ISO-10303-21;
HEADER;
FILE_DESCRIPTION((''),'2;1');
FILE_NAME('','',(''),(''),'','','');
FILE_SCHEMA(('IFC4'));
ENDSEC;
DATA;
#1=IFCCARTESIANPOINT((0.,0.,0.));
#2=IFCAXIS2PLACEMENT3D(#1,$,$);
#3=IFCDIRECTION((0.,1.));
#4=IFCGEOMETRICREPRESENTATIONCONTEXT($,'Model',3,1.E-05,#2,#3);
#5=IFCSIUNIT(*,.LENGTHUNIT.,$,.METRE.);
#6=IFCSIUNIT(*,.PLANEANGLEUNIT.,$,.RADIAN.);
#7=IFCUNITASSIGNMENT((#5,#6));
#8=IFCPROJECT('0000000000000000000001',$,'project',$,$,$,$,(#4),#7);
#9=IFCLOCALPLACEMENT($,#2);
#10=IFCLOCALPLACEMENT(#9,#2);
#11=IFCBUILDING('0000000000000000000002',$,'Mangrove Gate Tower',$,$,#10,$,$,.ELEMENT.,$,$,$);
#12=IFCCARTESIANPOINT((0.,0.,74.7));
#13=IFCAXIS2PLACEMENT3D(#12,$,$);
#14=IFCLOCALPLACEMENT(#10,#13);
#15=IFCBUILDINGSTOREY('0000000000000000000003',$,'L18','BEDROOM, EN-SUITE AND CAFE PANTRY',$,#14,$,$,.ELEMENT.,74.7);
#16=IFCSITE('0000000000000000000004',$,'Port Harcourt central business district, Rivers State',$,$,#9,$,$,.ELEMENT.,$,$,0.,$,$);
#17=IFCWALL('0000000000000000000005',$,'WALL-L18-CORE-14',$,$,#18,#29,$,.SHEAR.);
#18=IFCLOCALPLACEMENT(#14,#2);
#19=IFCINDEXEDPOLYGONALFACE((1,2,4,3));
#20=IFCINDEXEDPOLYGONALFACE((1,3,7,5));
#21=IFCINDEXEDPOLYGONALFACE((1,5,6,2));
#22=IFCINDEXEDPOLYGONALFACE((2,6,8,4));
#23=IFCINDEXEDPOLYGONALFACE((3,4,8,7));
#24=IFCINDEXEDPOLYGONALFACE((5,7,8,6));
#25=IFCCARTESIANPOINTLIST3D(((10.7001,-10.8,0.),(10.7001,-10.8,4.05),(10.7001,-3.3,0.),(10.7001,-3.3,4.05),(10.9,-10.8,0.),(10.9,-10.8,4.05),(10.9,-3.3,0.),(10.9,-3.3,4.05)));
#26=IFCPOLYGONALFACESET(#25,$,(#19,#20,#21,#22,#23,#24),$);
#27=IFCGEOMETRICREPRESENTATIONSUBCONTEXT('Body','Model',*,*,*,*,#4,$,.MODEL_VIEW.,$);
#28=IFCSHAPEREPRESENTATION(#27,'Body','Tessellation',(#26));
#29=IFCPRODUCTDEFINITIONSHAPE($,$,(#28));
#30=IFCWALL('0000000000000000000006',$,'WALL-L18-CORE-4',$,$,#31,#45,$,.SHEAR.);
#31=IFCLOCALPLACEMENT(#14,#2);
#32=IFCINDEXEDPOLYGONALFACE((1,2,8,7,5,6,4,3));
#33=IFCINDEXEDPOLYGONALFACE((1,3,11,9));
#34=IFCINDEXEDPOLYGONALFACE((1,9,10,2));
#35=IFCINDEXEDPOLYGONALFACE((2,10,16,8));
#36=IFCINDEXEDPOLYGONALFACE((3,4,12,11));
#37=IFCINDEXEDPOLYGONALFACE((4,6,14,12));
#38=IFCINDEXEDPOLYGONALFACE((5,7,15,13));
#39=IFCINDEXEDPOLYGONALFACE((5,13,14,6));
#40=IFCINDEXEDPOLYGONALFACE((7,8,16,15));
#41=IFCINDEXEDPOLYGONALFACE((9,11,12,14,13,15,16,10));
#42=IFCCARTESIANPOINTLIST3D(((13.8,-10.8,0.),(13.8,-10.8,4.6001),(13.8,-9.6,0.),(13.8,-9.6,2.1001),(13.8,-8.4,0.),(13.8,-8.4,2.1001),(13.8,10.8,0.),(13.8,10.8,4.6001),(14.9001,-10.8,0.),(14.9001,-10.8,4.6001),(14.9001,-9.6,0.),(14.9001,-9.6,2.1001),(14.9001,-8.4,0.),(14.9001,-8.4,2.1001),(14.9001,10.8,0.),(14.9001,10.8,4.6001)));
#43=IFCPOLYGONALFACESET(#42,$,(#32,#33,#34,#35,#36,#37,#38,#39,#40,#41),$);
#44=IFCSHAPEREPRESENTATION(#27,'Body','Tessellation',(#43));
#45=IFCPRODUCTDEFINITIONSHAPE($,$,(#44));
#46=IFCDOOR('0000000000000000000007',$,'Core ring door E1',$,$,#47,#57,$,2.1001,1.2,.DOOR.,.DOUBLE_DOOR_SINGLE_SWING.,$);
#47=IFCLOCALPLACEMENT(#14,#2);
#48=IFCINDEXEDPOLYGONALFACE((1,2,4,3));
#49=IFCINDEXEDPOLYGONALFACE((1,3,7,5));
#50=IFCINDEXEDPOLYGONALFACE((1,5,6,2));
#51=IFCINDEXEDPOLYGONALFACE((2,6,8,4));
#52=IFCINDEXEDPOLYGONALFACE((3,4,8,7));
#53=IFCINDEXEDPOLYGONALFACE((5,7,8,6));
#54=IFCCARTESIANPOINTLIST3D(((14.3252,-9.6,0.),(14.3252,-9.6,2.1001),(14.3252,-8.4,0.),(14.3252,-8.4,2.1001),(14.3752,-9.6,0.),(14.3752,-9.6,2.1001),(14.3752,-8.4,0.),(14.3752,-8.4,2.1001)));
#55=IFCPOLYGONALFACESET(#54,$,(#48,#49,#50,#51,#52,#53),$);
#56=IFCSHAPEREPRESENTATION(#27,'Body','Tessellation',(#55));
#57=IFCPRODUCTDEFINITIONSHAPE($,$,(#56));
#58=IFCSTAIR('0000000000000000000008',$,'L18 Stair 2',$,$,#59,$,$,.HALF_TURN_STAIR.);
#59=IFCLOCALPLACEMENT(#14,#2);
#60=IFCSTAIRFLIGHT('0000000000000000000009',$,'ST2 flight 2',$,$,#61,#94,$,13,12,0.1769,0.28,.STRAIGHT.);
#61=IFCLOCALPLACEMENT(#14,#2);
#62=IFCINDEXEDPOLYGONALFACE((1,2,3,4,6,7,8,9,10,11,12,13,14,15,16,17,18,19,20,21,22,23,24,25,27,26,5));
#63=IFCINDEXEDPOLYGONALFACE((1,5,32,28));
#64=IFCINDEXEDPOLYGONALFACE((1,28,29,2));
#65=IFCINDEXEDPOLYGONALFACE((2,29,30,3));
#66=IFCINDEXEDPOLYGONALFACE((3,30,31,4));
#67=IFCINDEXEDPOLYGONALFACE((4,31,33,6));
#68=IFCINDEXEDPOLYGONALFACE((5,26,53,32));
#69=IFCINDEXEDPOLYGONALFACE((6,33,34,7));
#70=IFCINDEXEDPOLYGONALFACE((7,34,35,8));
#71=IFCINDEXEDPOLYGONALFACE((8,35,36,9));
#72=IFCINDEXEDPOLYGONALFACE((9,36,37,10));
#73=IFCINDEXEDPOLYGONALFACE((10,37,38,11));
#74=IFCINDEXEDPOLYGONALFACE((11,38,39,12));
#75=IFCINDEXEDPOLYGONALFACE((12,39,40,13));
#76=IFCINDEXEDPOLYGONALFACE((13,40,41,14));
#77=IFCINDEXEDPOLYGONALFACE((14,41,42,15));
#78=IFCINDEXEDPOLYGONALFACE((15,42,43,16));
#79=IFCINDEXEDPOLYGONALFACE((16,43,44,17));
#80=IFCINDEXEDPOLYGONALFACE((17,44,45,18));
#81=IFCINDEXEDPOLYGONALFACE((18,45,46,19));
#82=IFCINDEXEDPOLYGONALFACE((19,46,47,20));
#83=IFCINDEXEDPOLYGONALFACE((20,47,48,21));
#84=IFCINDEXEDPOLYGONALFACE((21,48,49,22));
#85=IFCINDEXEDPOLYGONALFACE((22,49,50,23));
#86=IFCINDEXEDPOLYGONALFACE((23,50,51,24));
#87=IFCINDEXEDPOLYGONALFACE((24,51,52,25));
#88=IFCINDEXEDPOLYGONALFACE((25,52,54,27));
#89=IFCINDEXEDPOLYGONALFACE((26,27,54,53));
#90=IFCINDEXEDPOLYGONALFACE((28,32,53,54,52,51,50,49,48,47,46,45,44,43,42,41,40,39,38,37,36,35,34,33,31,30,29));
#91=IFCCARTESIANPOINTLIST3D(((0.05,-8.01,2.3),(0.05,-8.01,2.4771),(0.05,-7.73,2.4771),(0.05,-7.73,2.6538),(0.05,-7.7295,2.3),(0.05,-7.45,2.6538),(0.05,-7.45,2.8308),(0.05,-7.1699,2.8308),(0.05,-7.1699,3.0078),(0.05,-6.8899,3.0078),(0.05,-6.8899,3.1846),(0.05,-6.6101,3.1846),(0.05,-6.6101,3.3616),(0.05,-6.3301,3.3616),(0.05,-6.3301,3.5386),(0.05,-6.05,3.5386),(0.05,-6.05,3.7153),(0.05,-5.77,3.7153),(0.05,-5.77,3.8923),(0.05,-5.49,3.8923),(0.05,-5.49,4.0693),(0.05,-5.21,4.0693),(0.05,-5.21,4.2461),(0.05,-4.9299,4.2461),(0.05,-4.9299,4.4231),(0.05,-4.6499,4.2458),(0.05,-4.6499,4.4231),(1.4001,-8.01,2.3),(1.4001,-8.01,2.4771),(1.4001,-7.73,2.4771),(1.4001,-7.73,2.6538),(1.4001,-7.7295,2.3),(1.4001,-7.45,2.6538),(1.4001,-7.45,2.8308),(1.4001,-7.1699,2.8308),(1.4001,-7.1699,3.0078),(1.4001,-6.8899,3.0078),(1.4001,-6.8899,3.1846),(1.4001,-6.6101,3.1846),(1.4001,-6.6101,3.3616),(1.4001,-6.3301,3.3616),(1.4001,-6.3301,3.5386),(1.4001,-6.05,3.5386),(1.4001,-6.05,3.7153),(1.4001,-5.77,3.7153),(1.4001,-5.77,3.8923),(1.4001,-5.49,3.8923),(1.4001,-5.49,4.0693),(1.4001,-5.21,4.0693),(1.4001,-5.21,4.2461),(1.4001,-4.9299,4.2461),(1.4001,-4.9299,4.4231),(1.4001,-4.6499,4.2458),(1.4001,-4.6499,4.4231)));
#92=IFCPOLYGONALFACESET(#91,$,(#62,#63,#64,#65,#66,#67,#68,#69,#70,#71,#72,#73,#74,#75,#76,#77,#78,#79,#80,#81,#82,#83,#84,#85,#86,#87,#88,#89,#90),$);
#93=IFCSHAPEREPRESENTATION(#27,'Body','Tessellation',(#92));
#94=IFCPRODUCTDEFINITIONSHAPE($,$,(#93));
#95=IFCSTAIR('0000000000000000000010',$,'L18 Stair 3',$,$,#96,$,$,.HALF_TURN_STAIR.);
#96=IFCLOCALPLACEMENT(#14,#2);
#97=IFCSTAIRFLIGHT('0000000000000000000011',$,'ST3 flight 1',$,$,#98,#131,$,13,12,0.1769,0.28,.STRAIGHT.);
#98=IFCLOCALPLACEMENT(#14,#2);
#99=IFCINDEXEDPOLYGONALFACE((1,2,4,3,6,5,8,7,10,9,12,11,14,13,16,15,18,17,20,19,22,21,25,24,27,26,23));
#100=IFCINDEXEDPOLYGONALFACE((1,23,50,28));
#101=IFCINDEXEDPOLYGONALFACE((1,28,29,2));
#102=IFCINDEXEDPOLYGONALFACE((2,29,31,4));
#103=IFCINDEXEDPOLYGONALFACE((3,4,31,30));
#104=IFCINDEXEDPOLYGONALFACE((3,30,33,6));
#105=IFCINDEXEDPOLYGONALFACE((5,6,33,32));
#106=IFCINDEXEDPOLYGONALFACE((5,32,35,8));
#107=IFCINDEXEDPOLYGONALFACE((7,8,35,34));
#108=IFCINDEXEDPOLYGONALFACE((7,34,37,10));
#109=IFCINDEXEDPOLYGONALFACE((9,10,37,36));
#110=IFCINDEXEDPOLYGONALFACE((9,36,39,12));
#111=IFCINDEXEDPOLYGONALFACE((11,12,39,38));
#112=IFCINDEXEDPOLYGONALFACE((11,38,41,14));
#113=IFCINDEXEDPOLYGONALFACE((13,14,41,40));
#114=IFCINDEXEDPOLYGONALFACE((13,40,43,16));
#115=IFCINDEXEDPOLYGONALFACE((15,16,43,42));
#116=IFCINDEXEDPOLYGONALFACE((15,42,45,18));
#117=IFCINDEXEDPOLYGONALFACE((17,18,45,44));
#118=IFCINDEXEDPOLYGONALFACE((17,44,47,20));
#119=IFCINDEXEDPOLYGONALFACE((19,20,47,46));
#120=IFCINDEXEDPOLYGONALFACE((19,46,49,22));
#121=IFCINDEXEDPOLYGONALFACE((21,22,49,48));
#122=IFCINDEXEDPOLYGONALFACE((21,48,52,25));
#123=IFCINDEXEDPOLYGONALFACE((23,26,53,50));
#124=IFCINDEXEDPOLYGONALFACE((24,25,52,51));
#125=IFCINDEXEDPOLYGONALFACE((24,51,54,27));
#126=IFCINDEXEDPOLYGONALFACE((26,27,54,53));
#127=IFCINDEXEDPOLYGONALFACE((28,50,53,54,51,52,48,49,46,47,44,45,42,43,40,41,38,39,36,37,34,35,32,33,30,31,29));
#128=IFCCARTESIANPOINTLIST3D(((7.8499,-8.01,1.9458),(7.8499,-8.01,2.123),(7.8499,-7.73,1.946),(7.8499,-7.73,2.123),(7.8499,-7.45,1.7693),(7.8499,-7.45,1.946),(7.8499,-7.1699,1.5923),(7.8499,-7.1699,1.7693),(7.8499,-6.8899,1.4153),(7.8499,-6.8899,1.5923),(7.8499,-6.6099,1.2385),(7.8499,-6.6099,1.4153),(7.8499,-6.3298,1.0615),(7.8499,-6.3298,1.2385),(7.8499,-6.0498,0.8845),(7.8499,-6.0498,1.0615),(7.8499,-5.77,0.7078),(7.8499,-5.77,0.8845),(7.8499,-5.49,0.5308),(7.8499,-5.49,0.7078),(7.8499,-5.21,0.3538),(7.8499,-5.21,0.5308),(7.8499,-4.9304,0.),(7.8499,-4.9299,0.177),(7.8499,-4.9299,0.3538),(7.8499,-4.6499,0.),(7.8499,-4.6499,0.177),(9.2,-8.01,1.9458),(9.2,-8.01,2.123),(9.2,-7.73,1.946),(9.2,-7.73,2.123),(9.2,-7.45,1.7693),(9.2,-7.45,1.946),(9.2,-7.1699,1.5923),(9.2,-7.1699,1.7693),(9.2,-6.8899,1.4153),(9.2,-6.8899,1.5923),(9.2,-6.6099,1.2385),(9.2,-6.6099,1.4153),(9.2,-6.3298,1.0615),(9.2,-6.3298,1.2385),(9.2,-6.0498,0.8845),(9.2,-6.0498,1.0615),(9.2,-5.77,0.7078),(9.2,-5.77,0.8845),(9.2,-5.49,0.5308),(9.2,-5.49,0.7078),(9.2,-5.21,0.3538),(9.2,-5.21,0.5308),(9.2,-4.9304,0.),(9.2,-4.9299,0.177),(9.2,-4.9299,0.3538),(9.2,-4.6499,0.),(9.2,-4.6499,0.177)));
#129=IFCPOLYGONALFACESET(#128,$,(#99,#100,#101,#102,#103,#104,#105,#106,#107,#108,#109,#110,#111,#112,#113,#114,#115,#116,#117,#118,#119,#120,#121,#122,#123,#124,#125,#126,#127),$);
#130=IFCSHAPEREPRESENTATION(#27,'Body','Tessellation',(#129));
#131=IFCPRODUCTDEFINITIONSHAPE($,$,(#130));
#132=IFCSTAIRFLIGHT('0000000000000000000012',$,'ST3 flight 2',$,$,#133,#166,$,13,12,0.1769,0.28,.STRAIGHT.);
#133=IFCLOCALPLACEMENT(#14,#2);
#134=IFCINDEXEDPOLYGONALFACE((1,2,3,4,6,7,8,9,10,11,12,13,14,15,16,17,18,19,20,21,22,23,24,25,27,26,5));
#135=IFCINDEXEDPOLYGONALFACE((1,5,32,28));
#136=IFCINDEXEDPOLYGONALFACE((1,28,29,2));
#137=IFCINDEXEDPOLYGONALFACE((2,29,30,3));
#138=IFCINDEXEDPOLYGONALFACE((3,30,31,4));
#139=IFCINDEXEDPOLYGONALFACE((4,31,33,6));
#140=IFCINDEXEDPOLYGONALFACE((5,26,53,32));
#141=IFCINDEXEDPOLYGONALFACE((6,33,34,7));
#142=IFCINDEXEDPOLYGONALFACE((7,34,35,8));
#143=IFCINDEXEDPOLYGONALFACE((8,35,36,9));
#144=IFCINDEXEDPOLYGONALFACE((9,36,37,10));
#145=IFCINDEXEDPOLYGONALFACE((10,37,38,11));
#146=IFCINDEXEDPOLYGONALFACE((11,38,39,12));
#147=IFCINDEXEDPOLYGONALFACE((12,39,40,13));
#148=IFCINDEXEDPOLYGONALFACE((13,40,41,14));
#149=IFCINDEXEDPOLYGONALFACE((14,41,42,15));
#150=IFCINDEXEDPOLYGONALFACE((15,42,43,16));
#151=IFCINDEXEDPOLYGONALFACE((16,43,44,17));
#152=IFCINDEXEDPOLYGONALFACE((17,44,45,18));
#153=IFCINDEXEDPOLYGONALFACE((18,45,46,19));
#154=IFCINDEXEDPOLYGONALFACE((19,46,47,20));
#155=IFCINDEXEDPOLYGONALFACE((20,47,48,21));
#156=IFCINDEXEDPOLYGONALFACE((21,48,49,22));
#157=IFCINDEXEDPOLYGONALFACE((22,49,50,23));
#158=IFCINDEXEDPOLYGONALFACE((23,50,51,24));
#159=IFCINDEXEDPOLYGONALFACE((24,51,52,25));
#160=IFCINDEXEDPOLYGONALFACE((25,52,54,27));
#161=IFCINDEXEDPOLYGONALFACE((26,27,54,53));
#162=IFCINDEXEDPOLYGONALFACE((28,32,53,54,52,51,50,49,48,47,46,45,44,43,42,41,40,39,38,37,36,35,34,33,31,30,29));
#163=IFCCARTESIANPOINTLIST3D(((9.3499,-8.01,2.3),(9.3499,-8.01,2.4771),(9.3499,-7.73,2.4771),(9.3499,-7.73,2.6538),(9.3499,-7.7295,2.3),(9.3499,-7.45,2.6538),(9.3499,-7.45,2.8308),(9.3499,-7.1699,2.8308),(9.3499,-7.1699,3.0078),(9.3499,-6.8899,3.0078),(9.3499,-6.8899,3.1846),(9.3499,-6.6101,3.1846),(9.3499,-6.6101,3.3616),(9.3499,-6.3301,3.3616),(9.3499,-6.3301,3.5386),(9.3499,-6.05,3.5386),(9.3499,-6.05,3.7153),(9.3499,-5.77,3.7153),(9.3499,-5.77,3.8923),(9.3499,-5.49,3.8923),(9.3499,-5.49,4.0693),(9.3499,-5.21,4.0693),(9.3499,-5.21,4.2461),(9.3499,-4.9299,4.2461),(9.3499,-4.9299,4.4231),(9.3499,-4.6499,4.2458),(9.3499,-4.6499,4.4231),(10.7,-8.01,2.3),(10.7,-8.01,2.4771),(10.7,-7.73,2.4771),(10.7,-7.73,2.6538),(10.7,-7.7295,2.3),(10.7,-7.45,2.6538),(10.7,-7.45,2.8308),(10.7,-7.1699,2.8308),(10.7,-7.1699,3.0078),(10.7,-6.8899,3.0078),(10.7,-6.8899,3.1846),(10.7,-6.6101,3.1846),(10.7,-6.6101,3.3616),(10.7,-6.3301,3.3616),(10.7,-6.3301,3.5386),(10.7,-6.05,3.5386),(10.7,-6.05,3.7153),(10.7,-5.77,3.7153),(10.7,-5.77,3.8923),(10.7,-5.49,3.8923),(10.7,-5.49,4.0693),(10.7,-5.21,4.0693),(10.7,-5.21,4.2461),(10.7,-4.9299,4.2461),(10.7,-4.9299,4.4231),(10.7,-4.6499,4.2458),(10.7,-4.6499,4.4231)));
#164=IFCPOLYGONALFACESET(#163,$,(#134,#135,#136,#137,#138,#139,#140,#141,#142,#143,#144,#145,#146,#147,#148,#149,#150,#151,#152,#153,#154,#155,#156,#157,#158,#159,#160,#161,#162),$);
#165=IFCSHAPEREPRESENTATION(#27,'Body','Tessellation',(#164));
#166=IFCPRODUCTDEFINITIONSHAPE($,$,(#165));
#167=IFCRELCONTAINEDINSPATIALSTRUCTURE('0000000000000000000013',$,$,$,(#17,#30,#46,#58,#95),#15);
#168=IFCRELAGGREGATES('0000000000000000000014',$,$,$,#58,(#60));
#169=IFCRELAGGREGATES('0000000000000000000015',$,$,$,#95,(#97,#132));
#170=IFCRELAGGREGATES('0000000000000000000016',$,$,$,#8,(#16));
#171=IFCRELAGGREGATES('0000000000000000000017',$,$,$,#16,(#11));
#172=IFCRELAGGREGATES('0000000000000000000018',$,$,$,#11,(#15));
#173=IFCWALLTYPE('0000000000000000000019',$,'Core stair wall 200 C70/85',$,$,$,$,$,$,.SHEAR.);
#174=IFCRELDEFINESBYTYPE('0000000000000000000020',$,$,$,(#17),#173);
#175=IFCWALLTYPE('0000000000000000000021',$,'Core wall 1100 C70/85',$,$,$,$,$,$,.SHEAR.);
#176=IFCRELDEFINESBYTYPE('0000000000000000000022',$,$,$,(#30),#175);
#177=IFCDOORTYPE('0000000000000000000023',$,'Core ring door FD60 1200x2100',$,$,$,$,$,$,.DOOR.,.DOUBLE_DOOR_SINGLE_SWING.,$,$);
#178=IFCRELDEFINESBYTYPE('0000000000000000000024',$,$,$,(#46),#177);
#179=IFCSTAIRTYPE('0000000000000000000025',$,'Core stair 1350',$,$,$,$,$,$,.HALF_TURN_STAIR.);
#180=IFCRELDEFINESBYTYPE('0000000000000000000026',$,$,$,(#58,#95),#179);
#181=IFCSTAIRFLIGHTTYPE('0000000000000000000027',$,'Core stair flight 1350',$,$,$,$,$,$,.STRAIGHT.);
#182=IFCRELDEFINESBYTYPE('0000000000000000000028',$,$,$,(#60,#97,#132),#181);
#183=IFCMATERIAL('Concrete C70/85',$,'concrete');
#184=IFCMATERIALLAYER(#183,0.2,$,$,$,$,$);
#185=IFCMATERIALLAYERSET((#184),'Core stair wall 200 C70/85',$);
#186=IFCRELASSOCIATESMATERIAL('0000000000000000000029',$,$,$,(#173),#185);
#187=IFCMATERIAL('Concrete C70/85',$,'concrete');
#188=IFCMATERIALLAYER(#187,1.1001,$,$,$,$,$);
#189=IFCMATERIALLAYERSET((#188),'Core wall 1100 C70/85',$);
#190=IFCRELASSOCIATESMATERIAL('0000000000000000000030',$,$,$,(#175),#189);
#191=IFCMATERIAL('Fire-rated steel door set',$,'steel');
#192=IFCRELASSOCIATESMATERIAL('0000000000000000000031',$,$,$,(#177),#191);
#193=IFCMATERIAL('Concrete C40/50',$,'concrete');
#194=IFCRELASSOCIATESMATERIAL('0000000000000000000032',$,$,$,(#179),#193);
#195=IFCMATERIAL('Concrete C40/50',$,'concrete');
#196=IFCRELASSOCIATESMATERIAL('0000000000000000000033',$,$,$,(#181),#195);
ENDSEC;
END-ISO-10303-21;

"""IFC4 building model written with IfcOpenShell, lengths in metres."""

from ifc_helpers import new_model, si_unit, direction, frame, frame_2d, origin, place, context, subcontext, project, spatial, polyline, rectangle, outline, extrude, material, layer, layer_set, type_object, element, fill, aggregate, save


model = new_model("IFC4")

# Units and contexts
model_context = context("Model", 3, precision=1e-05, world=origin(), true_north=direction((0.0, 1.0)))
body_context = subcontext(model_context, "Body", "Model", "MODEL_VIEW")
ifc_project = project(units=[si_unit("LENGTHUNIT", "METRE"), si_unit("PLANEANGLEUNIT", "RADIAN")], contexts=[model_context])

# Site, building, storey
site_placement = place(None, origin())
site = spatial("IfcSite", under=ifc_project, at=site_placement, Name="Port Harcourt central business district, Rivers State", CompositionType="ELEMENT", RefElevation=0.0)
building_placement = place(site_placement, origin())
building = spatial("IfcBuilding", under=site, at=building_placement, Name="Mangrove Gate Tower", CompositionType="ELEMENT")
storey_placement = place(building_placement, frame((0.0, 0.0, 74.7)))
storey = spatial("IfcBuildingStorey", under=building, at=storey_placement, Name="L18", Description="BEDROOM, EN-SUITE AND CAFE PANTRY", CompositionType="ELEMENT", Elevation=74.7)

# Wall
ifc_material_1 = material(Name="Concrete C70/85", Category="concrete")
ifc_layer_1 = layer(ifc_material_1, 0.2)
ifc_layer_set_1 = layer_set([ifc_layer_1], Name="Core stair wall 200 C70/85")
wall_type_1 = type_object("IfcWallType", Name="Core stair wall 200 C70/85", PredefinedType="SHEAR", material=ifc_layer_set_1)
wall_1_placement = place(storey_placement, frame((10.8, -10.8, 0.0), z_axis=(0.0, 0.0, 1.0), x_axis=(0.0, 1.0, 0.0)))
element("IfcWall", 1, at=wall_1_placement, inside=storey, type_object=wall_type_1, Name="WALL-L18-CORE-14", PredefinedType="SHEAR", context=body_context, shape_type="SweptSolid", body=[
    extrude(rectangle(XDim=7.5, YDim=0.2, at=frame_2d((3.75, 0.0))), origin(), (0.0, 0.0, 1.0), 4.05),
])

# Wall, opening, door
ifc_material_2 = material(Name="Concrete C70/85", Category="concrete")
ifc_layer_2 = layer(ifc_material_2, 1.1001)
ifc_layer_set_2 = layer_set([ifc_layer_2], Name="Core wall 1100 C70/85")
wall_type_2 = type_object("IfcWallType", Name="Core wall 1100 C70/85", PredefinedType="SHEAR", material=ifc_layer_set_2)
wall_2_placement = place(storey_placement, frame((14.3501, -10.8, 0.0), z_axis=(0.0, 0.0, 1.0), x_axis=(0.0, 1.0, 0.0)))
wall_2 = element("IfcWall", 2, at=wall_2_placement, inside=storey, type_object=wall_type_2, Name="WALL-L18-CORE-4", PredefinedType="SHEAR", context=body_context, shape_type="SweptSolid", body=[
    extrude(rectangle(XDim=21.6001, YDim=1.1001, at=frame_2d((10.8, 0.0))), origin(), (0.0, 0.0, 1.0), 4.6001),
])
opening_1_placement = place(wall_2_placement, frame((1.2, 0.0, 0.0)))
opening_1 = element("IfcOpeningElement", 3, at=opening_1_placement, cuts=wall_2, PredefinedType="OPENING", context=body_context, shape_type="SweptSolid", body=[
    extrude(rectangle(XDim=1.2, YDim=2.1001, at=frame_2d((0.6001, 1.05))), frame((0.0, 0.5601, 0.0), z_axis=(0.0, -1.0, 0.0), x_axis=(1.0, 0.0, 0.0)), (0.0, 0.0, 1.0), 1.1201),
])
ifc_material_3 = material(Name="Fire-rated steel door set", Category="steel")
door_type_1 = type_object("IfcDoorType", Name="Core ring door FD60 1200x2100", OperationType="DOUBLE_DOOR_SINGLE_SWING", PredefinedType="DOOR", material=ifc_material_3)
door_1_placement = place(opening_1_placement, origin())
door_1 = element("IfcDoor", 4, at=door_1_placement, inside=storey, type_object=door_type_1, Name="Core ring door E1", OperationType="DOUBLE_DOOR_SINGLE_SWING", OverallHeight=2.1001, OverallWidth=1.2, PredefinedType="DOOR", context=body_context, shape_type="SweptSolid", body=[
    extrude(rectangle(XDim=1.2, YDim=2.1001, at=frame_2d((0.6001, 1.05))), frame((0.0, 0.0249, 0.0), z_axis=(0.0, -1.0, 0.0), x_axis=(1.0, 0.0, 0.0)), (0.0, 0.0, 1.0), 0.05),
])
fill(opening_1, door_1)

# Stair, stair flight
ifc_material_4 = material(Name="Concrete C40/50", Category="concrete")
stair_type = type_object("IfcStairType", Name="Core stair 1350", PredefinedType="HALF_TURN_STAIR", material=ifc_material_4)
stair_1_placement = place(storey_placement, origin())
stair_1 = element("IfcStair", 5, at=stair_1_placement, inside=storey, type_object=stair_type, Name="L18 Stair 2", PredefinedType="HALF_TURN_STAIR")
ifc_material_5 = material(Name="Concrete C40/50", Category="concrete")
stair_flight_type = type_object("IfcStairFlightType", Name="Core stair flight 1350", PredefinedType="STRAIGHT", material=ifc_material_5)
stair_flight_1_placement = place(storey_placement, frame((0.7251, -8.01, 2.3), z_axis=(0.0, 0.0, 1.0), x_axis=(0.0, 1.0, 0.0)))
stair_flight_1 = element("IfcStairFlight", 6, at=stair_flight_1_placement, type_object=stair_flight_type, Name="ST2 flight 2", NumberOfRisers=13, NumberOfTreads=12, PredefinedType="STRAIGHT", RiserHeight=0.1769, TreadLength=0.28, context=body_context, shape_type="SweptSolid", body=[
    extrude(outline(polyline([(0.0, 0.0), (0.0, 0.177), (0.28, 0.177), (0.28, 0.3538), (0.5601, 0.3538), (0.5601, 0.5308), (0.8401, 0.5308), (0.8401, 0.7078), (1.1201, 0.7078), (1.1201, 0.8845), (1.3999, 0.8845), (1.3999, 1.0615), (1.6799, 1.0615), (1.6799, 1.2385), (1.96, 1.2385), (1.96, 1.4153), (2.24, 1.4153), (2.24, 1.5923), (2.52, 1.5923), (2.52, 1.7693), (2.8, 1.7693), (2.8, 1.946), (3.0801, 1.946), (3.0801, 2.123), (3.3601, 2.123), (3.3601, 2.3), (3.3601, 1.9458), (0.2805, 0.0), (0.0, 0.0)])), frame((0.0, 0.675, 0.0), z_axis=(0.0, -1.0, 0.0), x_axis=(1.0, 0.0, 0.0)), (0.0, 0.0, 1.0), 1.3501),
])
aggregate(stair_1, [stair_flight_1])

# Stair, stair flights
stair_2_placement = place(storey_placement, origin())
stair_2 = element("IfcStair", 7, at=stair_2_placement, inside=storey, type_object=stair_type, Name="L18 Stair 3", PredefinedType="HALF_TURN_STAIR")
stair_flight_2_placement = place(storey_placement, frame((8.5249, -4.6499, 0.0), z_axis=(0.0, 0.0, 1.0), x_axis=(0.0, -1.0, 0.0)))
stair_flight_2 = element("IfcStairFlight", 8, at=stair_flight_2_placement, type_object=stair_flight_type, Name="ST3 flight 1", NumberOfRisers=13, NumberOfTreads=12, PredefinedType="STRAIGHT", RiserHeight=0.1769, TreadLength=0.28, context=body_context, shape_type="SweptSolid", body=[
    extrude(outline(polyline([(0.0, 0.0), (0.0, 0.177), (0.28, 0.177), (0.28, 0.3538), (0.5601, 0.3538), (0.5601, 0.5308), (0.8401, 0.5308), (0.8401, 0.7078), (1.1201, 0.7078), (1.1201, 0.8845), (1.3999, 0.8845), (1.3999, 1.0615), (1.6799, 1.0615), (1.6799, 1.2385), (1.96, 1.2385), (1.96, 1.4153), (2.24, 1.4153), (2.24, 1.5923), (2.52, 1.5923), (2.52, 1.7693), (2.8, 1.7693), (2.8, 1.946), (3.0801, 1.946), (3.0801, 2.123), (3.3601, 2.123), (3.3601, 2.3), (3.3601, 1.9458), (0.2805, 0.0), (0.0, 0.0)])), frame((0.0, 0.675, 0.0), z_axis=(0.0, -1.0, 0.0), x_axis=(1.0, 0.0, 0.0)), (0.0, 0.0, 1.0), 1.3501),
])
stair_flight_3_placement = place(storey_placement, frame((10.0249, -8.01, 2.3), z_axis=(0.0, 0.0, 1.0), x_axis=(0.0, 1.0, 0.0)))
stair_flight_3 = element("IfcStairFlight", 9, at=stair_flight_3_placement, type_object=stair_flight_type, Name="ST3 flight 2", NumberOfRisers=13, NumberOfTreads=12, PredefinedType="STRAIGHT", RiserHeight=0.1769, TreadLength=0.28, context=body_context, shape_type="SweptSolid", body=[
    extrude(outline(polyline([(0.0, 0.0), (0.0, 0.177), (0.28, 0.177), (0.28, 0.3538), (0.5601, 0.3538), (0.5601, 0.5308), (0.8401, 0.5308), (0.8401, 0.7078), (1.1201, 0.7078), (1.1201, 0.8845), (1.3999, 0.8845), (1.3999, 1.0615), (1.6799, 1.0615), (1.6799, 1.2385), (1.96, 1.2385), (1.96, 1.4153), (2.24, 1.4153), (2.24, 1.5923), (2.52, 1.5923), (2.52, 1.7693), (2.8, 1.7693), (2.8, 1.946), (3.0801, 1.946), (3.0801, 2.123), (3.3601, 2.123), (3.3601, 2.3), (3.3601, 1.9458), (0.2805, 0.0), (0.0, 0.0)])), frame((0.0, 0.675, 0.0), z_axis=(0.0, -1.0, 0.0), x_axis=(1.0, 0.0, 0.0)), (0.0, 0.0, 1.0), 1.3501),
])
aggregate(stair_2, [stair_flight_2, stair_flight_3])

save(model, "model.ifc")
